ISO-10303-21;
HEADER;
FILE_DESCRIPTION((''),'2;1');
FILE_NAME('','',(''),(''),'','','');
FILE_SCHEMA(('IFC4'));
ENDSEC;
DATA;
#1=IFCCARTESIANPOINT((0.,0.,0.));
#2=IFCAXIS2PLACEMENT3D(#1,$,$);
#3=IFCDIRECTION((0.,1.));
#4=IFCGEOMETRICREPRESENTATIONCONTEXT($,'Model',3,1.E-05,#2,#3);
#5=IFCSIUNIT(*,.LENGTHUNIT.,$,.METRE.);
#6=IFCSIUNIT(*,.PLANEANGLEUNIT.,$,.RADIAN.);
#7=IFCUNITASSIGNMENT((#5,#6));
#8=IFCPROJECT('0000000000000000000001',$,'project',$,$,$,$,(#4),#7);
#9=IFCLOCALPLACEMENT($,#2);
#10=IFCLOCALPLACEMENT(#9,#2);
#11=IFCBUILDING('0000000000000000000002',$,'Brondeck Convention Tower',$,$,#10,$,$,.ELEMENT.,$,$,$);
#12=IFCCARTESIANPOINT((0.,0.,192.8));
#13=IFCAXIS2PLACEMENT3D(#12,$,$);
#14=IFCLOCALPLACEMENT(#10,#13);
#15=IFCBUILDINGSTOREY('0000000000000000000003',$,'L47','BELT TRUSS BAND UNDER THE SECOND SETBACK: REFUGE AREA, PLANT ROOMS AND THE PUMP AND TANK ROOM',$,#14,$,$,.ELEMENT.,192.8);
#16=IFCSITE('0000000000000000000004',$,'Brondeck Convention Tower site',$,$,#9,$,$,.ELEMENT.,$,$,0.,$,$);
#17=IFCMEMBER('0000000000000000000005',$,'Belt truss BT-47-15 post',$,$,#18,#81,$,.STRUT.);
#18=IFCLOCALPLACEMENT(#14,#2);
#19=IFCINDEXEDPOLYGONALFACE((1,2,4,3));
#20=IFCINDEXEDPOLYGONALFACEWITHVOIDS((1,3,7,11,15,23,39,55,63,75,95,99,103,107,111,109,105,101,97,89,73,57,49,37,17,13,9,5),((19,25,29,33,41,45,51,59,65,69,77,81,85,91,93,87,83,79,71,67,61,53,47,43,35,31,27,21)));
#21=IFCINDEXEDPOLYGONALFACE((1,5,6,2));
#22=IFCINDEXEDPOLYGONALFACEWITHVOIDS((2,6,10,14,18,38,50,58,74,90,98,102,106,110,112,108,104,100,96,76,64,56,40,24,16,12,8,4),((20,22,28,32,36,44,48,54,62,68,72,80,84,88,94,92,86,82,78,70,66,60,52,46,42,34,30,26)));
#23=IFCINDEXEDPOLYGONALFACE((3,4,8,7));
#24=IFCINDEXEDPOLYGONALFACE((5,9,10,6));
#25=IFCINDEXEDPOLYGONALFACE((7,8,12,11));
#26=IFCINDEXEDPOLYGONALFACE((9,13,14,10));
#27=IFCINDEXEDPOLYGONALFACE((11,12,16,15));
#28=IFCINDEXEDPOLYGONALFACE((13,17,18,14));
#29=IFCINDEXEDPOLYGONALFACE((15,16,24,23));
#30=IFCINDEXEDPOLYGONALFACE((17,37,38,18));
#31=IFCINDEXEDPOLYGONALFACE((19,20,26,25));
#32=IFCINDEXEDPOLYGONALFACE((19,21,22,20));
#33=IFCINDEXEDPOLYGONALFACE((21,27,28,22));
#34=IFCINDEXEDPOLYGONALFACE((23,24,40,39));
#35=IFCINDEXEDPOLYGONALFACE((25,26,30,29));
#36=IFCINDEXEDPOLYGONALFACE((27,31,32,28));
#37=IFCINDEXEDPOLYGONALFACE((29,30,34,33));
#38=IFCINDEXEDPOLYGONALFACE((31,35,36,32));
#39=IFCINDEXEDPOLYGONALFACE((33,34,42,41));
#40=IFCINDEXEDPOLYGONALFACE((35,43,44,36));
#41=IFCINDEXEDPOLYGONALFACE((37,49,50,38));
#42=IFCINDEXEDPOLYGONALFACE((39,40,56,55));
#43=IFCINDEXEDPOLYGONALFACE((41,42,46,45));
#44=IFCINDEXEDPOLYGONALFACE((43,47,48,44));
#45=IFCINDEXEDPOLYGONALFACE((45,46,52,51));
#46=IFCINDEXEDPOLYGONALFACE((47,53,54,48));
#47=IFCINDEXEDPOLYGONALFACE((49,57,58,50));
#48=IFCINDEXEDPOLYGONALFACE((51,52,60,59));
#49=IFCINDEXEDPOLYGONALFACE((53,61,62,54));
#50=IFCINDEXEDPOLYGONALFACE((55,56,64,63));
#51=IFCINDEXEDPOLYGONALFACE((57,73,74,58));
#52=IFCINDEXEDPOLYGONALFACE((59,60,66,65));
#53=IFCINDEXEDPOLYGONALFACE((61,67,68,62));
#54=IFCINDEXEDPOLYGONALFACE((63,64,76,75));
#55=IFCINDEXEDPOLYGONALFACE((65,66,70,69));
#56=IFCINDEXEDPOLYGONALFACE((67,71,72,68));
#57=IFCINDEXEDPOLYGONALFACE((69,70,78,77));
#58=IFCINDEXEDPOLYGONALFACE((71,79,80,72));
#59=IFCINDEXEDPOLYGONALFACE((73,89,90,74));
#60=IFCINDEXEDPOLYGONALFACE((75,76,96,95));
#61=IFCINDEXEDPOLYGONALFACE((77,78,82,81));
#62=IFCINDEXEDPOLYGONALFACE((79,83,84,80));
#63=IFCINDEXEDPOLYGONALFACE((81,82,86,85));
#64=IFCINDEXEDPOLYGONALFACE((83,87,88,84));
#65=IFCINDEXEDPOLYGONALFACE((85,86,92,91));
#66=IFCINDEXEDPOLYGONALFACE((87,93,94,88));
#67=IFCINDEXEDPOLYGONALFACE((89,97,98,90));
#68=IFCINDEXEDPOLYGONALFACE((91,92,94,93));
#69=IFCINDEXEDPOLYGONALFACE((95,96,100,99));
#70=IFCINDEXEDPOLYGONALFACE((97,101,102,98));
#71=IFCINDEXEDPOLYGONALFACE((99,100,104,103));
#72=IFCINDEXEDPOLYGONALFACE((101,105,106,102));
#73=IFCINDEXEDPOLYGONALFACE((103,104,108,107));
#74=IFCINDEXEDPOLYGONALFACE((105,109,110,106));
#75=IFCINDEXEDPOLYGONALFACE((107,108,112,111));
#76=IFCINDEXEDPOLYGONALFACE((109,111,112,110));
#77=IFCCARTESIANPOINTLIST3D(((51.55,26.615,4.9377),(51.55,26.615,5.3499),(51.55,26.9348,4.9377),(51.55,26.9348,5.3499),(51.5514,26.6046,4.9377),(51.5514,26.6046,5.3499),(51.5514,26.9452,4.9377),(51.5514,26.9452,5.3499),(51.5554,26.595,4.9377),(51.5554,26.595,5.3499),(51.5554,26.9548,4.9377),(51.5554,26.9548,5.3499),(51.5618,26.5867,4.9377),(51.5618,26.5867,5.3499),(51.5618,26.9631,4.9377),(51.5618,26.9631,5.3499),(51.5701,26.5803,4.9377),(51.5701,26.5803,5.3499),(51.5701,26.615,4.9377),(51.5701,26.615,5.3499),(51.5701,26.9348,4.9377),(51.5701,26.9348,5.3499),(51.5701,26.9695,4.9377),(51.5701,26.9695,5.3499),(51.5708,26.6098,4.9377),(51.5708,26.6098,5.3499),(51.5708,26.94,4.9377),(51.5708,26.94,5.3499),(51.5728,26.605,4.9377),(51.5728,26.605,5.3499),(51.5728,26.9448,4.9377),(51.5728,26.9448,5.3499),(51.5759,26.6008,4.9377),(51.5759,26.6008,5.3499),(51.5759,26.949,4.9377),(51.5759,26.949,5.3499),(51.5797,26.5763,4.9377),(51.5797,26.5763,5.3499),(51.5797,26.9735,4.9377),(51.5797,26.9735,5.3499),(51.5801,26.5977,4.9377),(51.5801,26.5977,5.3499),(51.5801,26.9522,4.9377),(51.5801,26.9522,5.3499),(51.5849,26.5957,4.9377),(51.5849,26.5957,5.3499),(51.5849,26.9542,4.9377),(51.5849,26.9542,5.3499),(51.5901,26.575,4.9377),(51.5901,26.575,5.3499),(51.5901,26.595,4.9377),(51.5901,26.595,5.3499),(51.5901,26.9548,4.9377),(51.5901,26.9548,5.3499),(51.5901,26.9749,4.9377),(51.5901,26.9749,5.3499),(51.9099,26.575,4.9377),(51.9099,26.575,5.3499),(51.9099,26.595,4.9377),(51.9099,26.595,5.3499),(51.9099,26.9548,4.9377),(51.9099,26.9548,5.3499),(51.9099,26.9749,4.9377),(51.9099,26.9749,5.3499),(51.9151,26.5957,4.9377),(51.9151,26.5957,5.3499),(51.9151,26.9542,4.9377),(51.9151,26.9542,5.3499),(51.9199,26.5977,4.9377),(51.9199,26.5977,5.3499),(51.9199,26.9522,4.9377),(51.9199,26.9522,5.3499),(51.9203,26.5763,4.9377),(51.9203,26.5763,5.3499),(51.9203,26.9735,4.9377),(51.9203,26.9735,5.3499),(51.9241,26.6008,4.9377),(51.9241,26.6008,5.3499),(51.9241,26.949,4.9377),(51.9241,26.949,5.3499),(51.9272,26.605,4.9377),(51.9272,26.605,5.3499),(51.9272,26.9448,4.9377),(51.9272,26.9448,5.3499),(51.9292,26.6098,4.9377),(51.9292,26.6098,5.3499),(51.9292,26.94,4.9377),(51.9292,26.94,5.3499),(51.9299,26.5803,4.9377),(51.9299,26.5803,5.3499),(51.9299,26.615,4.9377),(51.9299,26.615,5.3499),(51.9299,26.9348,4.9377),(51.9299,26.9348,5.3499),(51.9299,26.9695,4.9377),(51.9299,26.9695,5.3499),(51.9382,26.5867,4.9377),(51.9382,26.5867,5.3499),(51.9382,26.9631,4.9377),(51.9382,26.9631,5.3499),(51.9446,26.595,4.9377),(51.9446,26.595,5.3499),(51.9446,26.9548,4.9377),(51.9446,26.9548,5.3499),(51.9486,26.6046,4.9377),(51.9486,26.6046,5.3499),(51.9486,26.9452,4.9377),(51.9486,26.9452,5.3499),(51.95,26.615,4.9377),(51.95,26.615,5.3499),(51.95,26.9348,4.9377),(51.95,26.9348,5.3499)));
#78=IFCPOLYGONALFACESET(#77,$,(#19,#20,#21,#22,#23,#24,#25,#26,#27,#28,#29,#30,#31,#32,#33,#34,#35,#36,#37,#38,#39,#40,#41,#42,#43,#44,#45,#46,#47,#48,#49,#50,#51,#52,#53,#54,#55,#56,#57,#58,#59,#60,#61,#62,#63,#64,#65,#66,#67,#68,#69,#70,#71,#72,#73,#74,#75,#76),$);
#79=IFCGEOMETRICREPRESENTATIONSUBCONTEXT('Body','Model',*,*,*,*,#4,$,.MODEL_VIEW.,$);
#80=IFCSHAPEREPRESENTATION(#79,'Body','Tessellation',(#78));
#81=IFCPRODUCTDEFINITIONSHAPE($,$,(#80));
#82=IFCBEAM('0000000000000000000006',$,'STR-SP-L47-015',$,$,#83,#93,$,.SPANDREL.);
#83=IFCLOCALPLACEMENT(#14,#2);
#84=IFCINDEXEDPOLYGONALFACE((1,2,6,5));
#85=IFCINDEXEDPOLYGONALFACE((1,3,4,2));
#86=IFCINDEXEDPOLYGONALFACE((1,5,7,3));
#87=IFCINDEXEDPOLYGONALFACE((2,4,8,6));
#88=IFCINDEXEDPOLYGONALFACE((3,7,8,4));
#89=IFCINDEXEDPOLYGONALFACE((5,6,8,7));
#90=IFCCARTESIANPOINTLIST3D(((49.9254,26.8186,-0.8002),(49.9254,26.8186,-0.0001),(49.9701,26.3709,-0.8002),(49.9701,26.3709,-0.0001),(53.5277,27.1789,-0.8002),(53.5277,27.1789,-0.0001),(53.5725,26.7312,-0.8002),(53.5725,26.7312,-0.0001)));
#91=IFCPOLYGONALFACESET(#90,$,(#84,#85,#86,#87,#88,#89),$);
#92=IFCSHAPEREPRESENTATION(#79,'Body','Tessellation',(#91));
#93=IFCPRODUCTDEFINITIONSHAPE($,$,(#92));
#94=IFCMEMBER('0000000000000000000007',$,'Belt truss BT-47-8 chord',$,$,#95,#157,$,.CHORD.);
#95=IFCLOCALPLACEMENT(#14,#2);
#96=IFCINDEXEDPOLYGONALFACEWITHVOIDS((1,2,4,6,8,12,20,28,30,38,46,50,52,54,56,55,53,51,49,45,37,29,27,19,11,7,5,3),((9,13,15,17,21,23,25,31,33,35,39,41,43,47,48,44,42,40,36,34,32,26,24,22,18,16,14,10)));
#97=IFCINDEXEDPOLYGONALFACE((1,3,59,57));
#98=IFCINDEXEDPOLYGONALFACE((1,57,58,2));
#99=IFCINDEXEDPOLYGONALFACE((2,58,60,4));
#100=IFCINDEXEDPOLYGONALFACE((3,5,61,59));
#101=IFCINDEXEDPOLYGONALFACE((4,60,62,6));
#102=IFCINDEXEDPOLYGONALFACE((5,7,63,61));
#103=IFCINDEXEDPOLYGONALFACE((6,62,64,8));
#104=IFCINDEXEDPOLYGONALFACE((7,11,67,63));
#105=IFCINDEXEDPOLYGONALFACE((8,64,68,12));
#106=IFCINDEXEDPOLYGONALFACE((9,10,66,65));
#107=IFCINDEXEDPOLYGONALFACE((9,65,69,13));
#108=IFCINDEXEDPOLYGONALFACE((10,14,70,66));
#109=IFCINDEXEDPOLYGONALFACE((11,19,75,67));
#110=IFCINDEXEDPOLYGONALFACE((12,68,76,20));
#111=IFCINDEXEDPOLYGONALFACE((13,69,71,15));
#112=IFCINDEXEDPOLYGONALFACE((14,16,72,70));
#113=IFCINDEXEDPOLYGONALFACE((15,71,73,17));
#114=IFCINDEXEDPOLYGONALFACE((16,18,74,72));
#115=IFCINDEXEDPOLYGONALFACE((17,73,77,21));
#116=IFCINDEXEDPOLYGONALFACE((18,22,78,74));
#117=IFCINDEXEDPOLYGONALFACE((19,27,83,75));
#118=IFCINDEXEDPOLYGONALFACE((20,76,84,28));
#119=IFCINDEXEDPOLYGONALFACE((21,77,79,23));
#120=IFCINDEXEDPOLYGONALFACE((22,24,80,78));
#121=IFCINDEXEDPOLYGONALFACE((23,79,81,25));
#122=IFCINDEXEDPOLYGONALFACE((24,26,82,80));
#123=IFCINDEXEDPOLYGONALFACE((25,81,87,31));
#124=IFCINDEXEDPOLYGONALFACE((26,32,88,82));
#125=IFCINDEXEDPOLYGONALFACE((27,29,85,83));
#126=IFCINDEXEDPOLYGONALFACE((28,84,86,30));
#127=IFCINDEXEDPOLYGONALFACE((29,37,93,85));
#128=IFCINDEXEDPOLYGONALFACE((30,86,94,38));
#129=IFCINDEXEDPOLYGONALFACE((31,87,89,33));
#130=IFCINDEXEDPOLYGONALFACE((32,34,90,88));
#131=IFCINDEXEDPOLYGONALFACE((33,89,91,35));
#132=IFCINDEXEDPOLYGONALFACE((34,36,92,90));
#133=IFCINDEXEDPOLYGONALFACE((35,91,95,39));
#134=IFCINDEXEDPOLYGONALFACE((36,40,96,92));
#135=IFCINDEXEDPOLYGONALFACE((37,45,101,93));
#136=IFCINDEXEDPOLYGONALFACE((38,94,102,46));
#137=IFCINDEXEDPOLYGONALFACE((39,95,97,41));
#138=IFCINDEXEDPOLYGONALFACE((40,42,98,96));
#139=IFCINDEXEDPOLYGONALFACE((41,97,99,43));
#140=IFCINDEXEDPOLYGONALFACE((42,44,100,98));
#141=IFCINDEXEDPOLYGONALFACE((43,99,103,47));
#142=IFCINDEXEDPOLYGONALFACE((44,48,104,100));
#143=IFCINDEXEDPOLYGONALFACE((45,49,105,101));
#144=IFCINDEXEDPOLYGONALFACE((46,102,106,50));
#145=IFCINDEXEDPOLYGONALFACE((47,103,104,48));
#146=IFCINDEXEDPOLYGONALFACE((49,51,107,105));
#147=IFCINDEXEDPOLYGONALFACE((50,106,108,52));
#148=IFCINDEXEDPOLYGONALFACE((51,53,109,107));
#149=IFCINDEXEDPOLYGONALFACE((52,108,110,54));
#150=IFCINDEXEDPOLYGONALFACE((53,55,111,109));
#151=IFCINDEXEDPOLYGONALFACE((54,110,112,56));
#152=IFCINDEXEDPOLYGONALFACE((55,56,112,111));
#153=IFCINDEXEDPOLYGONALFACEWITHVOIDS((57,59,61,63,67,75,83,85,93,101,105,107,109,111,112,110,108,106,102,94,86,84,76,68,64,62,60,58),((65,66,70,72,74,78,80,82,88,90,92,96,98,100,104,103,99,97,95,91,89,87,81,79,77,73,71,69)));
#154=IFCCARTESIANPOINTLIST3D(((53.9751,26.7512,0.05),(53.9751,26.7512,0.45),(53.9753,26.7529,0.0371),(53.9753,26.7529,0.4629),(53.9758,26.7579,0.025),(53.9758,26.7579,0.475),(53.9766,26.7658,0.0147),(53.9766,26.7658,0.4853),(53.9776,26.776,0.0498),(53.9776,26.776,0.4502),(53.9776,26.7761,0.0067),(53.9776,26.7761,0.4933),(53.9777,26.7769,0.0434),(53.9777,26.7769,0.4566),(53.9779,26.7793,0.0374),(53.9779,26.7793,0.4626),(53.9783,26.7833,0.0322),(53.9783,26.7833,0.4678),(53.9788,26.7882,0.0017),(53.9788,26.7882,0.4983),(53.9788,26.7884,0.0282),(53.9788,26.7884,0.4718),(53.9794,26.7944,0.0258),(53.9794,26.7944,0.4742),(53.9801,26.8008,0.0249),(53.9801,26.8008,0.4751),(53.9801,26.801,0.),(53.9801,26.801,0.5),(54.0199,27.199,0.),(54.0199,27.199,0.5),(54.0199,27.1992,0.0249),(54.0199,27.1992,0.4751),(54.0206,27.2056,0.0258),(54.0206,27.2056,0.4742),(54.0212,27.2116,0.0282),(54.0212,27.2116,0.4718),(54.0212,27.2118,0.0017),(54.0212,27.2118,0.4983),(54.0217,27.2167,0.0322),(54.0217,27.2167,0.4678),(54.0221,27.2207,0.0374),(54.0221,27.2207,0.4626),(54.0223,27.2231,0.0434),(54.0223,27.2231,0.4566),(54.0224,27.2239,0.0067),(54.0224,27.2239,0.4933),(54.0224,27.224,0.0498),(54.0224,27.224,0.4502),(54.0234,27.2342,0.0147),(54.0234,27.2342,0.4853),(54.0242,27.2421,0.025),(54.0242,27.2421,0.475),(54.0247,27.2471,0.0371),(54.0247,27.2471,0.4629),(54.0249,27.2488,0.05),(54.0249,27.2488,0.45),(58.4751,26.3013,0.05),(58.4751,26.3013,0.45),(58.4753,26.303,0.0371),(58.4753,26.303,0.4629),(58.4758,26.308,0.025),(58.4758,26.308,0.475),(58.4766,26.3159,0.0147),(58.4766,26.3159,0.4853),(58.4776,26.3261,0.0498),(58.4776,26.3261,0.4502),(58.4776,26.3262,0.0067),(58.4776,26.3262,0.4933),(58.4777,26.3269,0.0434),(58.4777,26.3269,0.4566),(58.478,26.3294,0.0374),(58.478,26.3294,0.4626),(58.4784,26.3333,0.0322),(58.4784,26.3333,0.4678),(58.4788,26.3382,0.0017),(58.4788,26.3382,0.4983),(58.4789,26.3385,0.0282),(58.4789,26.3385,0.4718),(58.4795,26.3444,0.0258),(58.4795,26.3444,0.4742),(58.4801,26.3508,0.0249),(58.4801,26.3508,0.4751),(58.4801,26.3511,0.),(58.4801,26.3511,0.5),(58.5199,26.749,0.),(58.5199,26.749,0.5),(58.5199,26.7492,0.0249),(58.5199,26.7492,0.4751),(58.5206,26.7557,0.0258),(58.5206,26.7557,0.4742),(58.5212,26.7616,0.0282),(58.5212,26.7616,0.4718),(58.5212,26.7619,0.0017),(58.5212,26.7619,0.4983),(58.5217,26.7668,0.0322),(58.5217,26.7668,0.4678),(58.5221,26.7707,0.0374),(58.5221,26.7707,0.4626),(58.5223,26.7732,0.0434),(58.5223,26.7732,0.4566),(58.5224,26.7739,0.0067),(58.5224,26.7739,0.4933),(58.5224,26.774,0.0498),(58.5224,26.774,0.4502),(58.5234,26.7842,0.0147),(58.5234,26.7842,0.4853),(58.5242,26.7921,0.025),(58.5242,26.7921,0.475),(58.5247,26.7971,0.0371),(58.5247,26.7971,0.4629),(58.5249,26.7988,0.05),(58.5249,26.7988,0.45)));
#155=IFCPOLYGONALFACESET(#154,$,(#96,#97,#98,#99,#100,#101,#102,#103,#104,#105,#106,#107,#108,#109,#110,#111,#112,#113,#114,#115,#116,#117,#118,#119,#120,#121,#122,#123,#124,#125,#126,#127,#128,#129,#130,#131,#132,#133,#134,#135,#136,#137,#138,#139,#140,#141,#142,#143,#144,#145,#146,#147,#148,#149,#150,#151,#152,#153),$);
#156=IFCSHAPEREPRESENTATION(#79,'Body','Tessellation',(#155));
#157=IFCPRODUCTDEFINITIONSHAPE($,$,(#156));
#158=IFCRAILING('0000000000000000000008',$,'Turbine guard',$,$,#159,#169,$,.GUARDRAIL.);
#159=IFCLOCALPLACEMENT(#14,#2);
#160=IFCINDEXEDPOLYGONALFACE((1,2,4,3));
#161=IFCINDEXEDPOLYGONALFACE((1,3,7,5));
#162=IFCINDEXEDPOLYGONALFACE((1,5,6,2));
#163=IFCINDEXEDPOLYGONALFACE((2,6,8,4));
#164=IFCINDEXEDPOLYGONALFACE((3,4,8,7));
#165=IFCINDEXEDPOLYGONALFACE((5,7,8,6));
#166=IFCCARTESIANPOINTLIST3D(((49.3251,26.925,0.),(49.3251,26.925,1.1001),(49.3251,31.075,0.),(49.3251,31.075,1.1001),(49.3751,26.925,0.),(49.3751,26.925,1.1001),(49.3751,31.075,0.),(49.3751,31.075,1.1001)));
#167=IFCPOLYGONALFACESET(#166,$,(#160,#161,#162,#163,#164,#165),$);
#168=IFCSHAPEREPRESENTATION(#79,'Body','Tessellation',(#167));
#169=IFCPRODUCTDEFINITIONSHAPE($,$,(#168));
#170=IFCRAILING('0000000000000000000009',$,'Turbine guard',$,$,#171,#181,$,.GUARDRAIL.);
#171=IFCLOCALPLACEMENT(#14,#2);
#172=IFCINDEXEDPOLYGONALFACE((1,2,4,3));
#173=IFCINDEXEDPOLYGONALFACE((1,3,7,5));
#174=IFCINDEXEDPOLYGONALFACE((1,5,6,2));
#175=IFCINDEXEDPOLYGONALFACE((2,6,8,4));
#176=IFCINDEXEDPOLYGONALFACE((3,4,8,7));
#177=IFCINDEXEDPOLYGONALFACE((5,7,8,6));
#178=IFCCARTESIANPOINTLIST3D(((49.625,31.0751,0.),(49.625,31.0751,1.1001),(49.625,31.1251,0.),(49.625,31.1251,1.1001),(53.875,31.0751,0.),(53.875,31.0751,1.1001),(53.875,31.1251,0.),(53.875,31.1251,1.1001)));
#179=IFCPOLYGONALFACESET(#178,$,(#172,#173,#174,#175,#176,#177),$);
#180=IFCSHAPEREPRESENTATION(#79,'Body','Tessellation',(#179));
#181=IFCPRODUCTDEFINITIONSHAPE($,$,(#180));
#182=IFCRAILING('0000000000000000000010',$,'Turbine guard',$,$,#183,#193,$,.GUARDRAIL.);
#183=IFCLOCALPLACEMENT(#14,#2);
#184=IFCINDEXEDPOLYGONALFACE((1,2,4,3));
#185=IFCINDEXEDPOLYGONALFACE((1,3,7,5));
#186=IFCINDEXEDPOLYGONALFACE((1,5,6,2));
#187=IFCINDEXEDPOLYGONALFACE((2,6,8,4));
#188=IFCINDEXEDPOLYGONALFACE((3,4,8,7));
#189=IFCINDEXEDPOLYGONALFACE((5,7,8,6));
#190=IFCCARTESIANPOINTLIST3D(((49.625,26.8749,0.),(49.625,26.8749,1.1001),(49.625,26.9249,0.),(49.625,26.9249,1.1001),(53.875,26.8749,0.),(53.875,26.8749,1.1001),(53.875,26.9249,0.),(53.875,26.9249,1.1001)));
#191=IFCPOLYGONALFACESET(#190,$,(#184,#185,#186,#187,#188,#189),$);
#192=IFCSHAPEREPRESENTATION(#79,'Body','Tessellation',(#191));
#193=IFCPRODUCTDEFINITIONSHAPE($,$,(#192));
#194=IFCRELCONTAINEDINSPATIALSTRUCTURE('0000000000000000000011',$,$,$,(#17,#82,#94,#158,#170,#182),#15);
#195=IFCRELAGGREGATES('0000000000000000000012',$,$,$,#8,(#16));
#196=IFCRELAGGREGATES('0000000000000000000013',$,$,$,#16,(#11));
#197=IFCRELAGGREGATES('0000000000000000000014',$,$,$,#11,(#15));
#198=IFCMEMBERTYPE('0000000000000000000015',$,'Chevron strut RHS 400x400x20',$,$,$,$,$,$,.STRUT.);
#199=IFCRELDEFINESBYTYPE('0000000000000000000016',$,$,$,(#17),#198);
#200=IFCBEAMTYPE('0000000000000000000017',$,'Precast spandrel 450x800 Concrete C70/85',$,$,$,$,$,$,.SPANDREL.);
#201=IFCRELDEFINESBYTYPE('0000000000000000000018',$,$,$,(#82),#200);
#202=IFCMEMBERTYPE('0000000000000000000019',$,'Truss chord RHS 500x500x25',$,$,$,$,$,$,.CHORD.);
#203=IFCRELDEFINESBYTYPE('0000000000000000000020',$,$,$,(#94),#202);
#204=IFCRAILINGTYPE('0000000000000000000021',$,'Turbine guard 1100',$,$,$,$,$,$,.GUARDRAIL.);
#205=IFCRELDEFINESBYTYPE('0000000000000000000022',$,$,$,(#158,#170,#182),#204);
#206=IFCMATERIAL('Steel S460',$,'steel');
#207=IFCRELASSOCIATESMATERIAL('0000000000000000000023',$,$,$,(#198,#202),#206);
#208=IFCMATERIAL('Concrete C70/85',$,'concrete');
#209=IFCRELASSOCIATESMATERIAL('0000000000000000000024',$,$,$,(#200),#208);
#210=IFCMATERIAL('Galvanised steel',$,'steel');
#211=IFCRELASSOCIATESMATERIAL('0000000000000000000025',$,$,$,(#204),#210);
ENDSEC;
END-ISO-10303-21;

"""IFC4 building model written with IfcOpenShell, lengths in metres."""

from ifc_helpers import new_model, si_unit, direction, frame, origin, origin_2d, place, context, subcontext, project, spatial, rectangle, hollow_rectangle, extrude, material, material_profile, profile_set, type_object, element, save


model = new_model("IFC4")

# Units and contexts
model_context = context("Model", 3, precision=1e-05, world=origin(), true_north=direction((0.0, 1.0)))
body_context = subcontext(model_context, "Body", "Model", "MODEL_VIEW")
ifc_project = project(units=[si_unit("LENGTHUNIT", "METRE"), si_unit("PLANEANGLEUNIT", "RADIAN")], contexts=[model_context])

# Site, building, storey
site_placement = place(None, origin())
site = spatial("IfcSite", under=ifc_project, at=site_placement, Name="Brondeck Convention Tower site", CompositionType="ELEMENT", RefElevation=0.0)
building_placement = place(site_placement, origin())
building = spatial("IfcBuilding", under=site, at=building_placement, Name="Brondeck Convention Tower", CompositionType="ELEMENT")
storey_placement = place(building_placement, frame((0.0, 0.0, 192.8)))
storey = spatial("IfcBuildingStorey", under=building, at=storey_placement, Name="L47", Description="BELT TRUSS BAND UNDER THE SECOND SETBACK: REFUGE AREA, PLANT ROOMS AND THE PUMP AND TANK ROOM", CompositionType="ELEMENT", Elevation=192.8)

# Shared definitions
ifc_material_1 = material(Name="Concrete C70/85", Category="concrete")

# Member
ifc_material_2 = material(Name="Steel S460", Category="steel")
ifc_material_profile_1 = material_profile(ifc_material_2, hollow_rectangle(XDim=0.3999, YDim=0.3999, WallThickness=0.02, InnerFilletRadius=0.02, OuterFilletRadius=0.04, at=origin_2d()), Name="RHS 400x400x20")
ifc_profile_set_1 = profile_set([ifc_material_profile_1], Name="Steel S460")
member_type_1 = type_object("IfcMemberType", Name="Chevron strut RHS 400x400x20", PredefinedType="STRUT", material=ifc_profile_set_1)
member_1_placement = place(storey_placement, frame((51.75, 26.7749, 4.9377), z_axis=(0.0, 0.0, 1.0), x_axis=(1.0, 0.0, 0.0)))
element("IfcMember", 1, at=member_1_placement, inside=storey, type_object=member_type_1, Name="Belt truss BT-47-15 post", PredefinedType="STRUT", context=body_context, shape_type="SweptSolid", body=[
    extrude(hollow_rectangle(XDim=0.3999, YDim=0.3999, WallThickness=0.02, InnerFilletRadius=0.02, OuterFilletRadius=0.04, at=origin_2d()), origin(), (0.0, 0.0, 1.0), 0.4121),
])

# Beam
ifc_material_profile_2 = material_profile(ifc_material_1, rectangle(XDim=0.45, YDim=0.8, at=origin_2d()), Name="Precast spandrel 450x800 Concrete C70/85")
ifc_profile_set_2 = profile_set([ifc_material_profile_2], Name="Concrete C70/85")
beam_type = type_object("IfcBeamType", Name="Precast spandrel 450x800 Concrete C70/85", PredefinedType="SPANDREL", material=ifc_profile_set_2)
beam_placement = place(storey_placement, frame((49.9478, 26.5947, -0.4001), z_axis=(0.995034, 0.099537, 0.0), x_axis=(-0.099537, 0.995034, 0.0)))
element("IfcBeam", 2, at=beam_placement, inside=storey, type_object=beam_type, Name="STR-SP-L47-015", PredefinedType="SPANDREL", context=body_context, shape_type="SweptSolid", body=[
    extrude(rectangle(XDim=0.45, YDim=0.8, at=origin_2d()), origin(), (0.0, 0.0, 1.0), 3.6204),
])

# Member
ifc_material_profile_3 = material_profile(ifc_material_2, hollow_rectangle(XDim=0.5, YDim=0.5, WallThickness=0.0249, InnerFilletRadius=0.0249, OuterFilletRadius=0.05, at=origin_2d()), Name="RHS 500x500x25")
ifc_profile_set_3 = profile_set([ifc_material_profile_3], Name="Steel S460")
member_type_2 = type_object("IfcMemberType", Name="Truss chord RHS 500x500x25", PredefinedType="CHORD", material=ifc_profile_set_3)
member_2_placement = place(storey_placement, frame((54.0, 27.0, 0.25), z_axis=(0.995038, -0.099493, 0.0), x_axis=(0.099493, 0.995038, 0.0)))
element("IfcMember", 3, at=member_2_placement, inside=storey, type_object=member_type_2, Name="Belt truss BT-47-8 chord", PredefinedType="CHORD", context=body_context, shape_type="SweptSolid", body=[
    extrude(hollow_rectangle(XDim=0.5, YDim=0.5, WallThickness=0.0249, InnerFilletRadius=0.0249, OuterFilletRadius=0.05, at=origin_2d()), origin(), (0.0, 0.0, 1.0), 4.5225),
])

# Railings
ifc_material_3 = material(Name="Galvanised steel", Category="steel")
railing_type = type_object("IfcRailingType", Name="Turbine guard 1100", PredefinedType="GUARDRAIL", material=ifc_material_3)
railing_placement = place(storey_placement, frame((49.3501, 29.0, 0.0), z_axis=(0.0, 0.0, 1.0), x_axis=(1.0, 0.0, 0.0)))
element("IfcRailing", 4, at=railing_placement, inside=storey, type_object=railing_type, Name="Turbine guard", PredefinedType="GUARDRAIL", context=body_context, shape_type="SweptSolid", body=[
    extrude(rectangle(XDim=0.05, YDim=4.1499, at=origin_2d()), origin(), (0.0, 0.0, 1.0), 1.1001),
])
for number, where, z_axis, x_axis, name in (
    (5, (51.75, 31.1001, 0.0), (0.0, 0.0, 1.0), (1.0, 0.0, 0.0), "Turbine guard"),
    (6, (51.75, 26.8999, 0.0), (0.0, 0.0, 1.0), (1.0, 0.0, 0.0), "Turbine guard"),
):
    element("IfcRailing", number, at=place(storey_placement, frame(where, z_axis=z_axis, x_axis=x_axis)), inside=storey, type_object=railing_type, Name=name, PredefinedType="GUARDRAIL", context=body_context, shape_type="SweptSolid", body=[
        extrude(rectangle(XDim=4.25, YDim=0.05, at=origin_2d()), origin(), (0.0, 0.0, 1.0), 1.1001),
    ])

save(model, "model.ifc")
